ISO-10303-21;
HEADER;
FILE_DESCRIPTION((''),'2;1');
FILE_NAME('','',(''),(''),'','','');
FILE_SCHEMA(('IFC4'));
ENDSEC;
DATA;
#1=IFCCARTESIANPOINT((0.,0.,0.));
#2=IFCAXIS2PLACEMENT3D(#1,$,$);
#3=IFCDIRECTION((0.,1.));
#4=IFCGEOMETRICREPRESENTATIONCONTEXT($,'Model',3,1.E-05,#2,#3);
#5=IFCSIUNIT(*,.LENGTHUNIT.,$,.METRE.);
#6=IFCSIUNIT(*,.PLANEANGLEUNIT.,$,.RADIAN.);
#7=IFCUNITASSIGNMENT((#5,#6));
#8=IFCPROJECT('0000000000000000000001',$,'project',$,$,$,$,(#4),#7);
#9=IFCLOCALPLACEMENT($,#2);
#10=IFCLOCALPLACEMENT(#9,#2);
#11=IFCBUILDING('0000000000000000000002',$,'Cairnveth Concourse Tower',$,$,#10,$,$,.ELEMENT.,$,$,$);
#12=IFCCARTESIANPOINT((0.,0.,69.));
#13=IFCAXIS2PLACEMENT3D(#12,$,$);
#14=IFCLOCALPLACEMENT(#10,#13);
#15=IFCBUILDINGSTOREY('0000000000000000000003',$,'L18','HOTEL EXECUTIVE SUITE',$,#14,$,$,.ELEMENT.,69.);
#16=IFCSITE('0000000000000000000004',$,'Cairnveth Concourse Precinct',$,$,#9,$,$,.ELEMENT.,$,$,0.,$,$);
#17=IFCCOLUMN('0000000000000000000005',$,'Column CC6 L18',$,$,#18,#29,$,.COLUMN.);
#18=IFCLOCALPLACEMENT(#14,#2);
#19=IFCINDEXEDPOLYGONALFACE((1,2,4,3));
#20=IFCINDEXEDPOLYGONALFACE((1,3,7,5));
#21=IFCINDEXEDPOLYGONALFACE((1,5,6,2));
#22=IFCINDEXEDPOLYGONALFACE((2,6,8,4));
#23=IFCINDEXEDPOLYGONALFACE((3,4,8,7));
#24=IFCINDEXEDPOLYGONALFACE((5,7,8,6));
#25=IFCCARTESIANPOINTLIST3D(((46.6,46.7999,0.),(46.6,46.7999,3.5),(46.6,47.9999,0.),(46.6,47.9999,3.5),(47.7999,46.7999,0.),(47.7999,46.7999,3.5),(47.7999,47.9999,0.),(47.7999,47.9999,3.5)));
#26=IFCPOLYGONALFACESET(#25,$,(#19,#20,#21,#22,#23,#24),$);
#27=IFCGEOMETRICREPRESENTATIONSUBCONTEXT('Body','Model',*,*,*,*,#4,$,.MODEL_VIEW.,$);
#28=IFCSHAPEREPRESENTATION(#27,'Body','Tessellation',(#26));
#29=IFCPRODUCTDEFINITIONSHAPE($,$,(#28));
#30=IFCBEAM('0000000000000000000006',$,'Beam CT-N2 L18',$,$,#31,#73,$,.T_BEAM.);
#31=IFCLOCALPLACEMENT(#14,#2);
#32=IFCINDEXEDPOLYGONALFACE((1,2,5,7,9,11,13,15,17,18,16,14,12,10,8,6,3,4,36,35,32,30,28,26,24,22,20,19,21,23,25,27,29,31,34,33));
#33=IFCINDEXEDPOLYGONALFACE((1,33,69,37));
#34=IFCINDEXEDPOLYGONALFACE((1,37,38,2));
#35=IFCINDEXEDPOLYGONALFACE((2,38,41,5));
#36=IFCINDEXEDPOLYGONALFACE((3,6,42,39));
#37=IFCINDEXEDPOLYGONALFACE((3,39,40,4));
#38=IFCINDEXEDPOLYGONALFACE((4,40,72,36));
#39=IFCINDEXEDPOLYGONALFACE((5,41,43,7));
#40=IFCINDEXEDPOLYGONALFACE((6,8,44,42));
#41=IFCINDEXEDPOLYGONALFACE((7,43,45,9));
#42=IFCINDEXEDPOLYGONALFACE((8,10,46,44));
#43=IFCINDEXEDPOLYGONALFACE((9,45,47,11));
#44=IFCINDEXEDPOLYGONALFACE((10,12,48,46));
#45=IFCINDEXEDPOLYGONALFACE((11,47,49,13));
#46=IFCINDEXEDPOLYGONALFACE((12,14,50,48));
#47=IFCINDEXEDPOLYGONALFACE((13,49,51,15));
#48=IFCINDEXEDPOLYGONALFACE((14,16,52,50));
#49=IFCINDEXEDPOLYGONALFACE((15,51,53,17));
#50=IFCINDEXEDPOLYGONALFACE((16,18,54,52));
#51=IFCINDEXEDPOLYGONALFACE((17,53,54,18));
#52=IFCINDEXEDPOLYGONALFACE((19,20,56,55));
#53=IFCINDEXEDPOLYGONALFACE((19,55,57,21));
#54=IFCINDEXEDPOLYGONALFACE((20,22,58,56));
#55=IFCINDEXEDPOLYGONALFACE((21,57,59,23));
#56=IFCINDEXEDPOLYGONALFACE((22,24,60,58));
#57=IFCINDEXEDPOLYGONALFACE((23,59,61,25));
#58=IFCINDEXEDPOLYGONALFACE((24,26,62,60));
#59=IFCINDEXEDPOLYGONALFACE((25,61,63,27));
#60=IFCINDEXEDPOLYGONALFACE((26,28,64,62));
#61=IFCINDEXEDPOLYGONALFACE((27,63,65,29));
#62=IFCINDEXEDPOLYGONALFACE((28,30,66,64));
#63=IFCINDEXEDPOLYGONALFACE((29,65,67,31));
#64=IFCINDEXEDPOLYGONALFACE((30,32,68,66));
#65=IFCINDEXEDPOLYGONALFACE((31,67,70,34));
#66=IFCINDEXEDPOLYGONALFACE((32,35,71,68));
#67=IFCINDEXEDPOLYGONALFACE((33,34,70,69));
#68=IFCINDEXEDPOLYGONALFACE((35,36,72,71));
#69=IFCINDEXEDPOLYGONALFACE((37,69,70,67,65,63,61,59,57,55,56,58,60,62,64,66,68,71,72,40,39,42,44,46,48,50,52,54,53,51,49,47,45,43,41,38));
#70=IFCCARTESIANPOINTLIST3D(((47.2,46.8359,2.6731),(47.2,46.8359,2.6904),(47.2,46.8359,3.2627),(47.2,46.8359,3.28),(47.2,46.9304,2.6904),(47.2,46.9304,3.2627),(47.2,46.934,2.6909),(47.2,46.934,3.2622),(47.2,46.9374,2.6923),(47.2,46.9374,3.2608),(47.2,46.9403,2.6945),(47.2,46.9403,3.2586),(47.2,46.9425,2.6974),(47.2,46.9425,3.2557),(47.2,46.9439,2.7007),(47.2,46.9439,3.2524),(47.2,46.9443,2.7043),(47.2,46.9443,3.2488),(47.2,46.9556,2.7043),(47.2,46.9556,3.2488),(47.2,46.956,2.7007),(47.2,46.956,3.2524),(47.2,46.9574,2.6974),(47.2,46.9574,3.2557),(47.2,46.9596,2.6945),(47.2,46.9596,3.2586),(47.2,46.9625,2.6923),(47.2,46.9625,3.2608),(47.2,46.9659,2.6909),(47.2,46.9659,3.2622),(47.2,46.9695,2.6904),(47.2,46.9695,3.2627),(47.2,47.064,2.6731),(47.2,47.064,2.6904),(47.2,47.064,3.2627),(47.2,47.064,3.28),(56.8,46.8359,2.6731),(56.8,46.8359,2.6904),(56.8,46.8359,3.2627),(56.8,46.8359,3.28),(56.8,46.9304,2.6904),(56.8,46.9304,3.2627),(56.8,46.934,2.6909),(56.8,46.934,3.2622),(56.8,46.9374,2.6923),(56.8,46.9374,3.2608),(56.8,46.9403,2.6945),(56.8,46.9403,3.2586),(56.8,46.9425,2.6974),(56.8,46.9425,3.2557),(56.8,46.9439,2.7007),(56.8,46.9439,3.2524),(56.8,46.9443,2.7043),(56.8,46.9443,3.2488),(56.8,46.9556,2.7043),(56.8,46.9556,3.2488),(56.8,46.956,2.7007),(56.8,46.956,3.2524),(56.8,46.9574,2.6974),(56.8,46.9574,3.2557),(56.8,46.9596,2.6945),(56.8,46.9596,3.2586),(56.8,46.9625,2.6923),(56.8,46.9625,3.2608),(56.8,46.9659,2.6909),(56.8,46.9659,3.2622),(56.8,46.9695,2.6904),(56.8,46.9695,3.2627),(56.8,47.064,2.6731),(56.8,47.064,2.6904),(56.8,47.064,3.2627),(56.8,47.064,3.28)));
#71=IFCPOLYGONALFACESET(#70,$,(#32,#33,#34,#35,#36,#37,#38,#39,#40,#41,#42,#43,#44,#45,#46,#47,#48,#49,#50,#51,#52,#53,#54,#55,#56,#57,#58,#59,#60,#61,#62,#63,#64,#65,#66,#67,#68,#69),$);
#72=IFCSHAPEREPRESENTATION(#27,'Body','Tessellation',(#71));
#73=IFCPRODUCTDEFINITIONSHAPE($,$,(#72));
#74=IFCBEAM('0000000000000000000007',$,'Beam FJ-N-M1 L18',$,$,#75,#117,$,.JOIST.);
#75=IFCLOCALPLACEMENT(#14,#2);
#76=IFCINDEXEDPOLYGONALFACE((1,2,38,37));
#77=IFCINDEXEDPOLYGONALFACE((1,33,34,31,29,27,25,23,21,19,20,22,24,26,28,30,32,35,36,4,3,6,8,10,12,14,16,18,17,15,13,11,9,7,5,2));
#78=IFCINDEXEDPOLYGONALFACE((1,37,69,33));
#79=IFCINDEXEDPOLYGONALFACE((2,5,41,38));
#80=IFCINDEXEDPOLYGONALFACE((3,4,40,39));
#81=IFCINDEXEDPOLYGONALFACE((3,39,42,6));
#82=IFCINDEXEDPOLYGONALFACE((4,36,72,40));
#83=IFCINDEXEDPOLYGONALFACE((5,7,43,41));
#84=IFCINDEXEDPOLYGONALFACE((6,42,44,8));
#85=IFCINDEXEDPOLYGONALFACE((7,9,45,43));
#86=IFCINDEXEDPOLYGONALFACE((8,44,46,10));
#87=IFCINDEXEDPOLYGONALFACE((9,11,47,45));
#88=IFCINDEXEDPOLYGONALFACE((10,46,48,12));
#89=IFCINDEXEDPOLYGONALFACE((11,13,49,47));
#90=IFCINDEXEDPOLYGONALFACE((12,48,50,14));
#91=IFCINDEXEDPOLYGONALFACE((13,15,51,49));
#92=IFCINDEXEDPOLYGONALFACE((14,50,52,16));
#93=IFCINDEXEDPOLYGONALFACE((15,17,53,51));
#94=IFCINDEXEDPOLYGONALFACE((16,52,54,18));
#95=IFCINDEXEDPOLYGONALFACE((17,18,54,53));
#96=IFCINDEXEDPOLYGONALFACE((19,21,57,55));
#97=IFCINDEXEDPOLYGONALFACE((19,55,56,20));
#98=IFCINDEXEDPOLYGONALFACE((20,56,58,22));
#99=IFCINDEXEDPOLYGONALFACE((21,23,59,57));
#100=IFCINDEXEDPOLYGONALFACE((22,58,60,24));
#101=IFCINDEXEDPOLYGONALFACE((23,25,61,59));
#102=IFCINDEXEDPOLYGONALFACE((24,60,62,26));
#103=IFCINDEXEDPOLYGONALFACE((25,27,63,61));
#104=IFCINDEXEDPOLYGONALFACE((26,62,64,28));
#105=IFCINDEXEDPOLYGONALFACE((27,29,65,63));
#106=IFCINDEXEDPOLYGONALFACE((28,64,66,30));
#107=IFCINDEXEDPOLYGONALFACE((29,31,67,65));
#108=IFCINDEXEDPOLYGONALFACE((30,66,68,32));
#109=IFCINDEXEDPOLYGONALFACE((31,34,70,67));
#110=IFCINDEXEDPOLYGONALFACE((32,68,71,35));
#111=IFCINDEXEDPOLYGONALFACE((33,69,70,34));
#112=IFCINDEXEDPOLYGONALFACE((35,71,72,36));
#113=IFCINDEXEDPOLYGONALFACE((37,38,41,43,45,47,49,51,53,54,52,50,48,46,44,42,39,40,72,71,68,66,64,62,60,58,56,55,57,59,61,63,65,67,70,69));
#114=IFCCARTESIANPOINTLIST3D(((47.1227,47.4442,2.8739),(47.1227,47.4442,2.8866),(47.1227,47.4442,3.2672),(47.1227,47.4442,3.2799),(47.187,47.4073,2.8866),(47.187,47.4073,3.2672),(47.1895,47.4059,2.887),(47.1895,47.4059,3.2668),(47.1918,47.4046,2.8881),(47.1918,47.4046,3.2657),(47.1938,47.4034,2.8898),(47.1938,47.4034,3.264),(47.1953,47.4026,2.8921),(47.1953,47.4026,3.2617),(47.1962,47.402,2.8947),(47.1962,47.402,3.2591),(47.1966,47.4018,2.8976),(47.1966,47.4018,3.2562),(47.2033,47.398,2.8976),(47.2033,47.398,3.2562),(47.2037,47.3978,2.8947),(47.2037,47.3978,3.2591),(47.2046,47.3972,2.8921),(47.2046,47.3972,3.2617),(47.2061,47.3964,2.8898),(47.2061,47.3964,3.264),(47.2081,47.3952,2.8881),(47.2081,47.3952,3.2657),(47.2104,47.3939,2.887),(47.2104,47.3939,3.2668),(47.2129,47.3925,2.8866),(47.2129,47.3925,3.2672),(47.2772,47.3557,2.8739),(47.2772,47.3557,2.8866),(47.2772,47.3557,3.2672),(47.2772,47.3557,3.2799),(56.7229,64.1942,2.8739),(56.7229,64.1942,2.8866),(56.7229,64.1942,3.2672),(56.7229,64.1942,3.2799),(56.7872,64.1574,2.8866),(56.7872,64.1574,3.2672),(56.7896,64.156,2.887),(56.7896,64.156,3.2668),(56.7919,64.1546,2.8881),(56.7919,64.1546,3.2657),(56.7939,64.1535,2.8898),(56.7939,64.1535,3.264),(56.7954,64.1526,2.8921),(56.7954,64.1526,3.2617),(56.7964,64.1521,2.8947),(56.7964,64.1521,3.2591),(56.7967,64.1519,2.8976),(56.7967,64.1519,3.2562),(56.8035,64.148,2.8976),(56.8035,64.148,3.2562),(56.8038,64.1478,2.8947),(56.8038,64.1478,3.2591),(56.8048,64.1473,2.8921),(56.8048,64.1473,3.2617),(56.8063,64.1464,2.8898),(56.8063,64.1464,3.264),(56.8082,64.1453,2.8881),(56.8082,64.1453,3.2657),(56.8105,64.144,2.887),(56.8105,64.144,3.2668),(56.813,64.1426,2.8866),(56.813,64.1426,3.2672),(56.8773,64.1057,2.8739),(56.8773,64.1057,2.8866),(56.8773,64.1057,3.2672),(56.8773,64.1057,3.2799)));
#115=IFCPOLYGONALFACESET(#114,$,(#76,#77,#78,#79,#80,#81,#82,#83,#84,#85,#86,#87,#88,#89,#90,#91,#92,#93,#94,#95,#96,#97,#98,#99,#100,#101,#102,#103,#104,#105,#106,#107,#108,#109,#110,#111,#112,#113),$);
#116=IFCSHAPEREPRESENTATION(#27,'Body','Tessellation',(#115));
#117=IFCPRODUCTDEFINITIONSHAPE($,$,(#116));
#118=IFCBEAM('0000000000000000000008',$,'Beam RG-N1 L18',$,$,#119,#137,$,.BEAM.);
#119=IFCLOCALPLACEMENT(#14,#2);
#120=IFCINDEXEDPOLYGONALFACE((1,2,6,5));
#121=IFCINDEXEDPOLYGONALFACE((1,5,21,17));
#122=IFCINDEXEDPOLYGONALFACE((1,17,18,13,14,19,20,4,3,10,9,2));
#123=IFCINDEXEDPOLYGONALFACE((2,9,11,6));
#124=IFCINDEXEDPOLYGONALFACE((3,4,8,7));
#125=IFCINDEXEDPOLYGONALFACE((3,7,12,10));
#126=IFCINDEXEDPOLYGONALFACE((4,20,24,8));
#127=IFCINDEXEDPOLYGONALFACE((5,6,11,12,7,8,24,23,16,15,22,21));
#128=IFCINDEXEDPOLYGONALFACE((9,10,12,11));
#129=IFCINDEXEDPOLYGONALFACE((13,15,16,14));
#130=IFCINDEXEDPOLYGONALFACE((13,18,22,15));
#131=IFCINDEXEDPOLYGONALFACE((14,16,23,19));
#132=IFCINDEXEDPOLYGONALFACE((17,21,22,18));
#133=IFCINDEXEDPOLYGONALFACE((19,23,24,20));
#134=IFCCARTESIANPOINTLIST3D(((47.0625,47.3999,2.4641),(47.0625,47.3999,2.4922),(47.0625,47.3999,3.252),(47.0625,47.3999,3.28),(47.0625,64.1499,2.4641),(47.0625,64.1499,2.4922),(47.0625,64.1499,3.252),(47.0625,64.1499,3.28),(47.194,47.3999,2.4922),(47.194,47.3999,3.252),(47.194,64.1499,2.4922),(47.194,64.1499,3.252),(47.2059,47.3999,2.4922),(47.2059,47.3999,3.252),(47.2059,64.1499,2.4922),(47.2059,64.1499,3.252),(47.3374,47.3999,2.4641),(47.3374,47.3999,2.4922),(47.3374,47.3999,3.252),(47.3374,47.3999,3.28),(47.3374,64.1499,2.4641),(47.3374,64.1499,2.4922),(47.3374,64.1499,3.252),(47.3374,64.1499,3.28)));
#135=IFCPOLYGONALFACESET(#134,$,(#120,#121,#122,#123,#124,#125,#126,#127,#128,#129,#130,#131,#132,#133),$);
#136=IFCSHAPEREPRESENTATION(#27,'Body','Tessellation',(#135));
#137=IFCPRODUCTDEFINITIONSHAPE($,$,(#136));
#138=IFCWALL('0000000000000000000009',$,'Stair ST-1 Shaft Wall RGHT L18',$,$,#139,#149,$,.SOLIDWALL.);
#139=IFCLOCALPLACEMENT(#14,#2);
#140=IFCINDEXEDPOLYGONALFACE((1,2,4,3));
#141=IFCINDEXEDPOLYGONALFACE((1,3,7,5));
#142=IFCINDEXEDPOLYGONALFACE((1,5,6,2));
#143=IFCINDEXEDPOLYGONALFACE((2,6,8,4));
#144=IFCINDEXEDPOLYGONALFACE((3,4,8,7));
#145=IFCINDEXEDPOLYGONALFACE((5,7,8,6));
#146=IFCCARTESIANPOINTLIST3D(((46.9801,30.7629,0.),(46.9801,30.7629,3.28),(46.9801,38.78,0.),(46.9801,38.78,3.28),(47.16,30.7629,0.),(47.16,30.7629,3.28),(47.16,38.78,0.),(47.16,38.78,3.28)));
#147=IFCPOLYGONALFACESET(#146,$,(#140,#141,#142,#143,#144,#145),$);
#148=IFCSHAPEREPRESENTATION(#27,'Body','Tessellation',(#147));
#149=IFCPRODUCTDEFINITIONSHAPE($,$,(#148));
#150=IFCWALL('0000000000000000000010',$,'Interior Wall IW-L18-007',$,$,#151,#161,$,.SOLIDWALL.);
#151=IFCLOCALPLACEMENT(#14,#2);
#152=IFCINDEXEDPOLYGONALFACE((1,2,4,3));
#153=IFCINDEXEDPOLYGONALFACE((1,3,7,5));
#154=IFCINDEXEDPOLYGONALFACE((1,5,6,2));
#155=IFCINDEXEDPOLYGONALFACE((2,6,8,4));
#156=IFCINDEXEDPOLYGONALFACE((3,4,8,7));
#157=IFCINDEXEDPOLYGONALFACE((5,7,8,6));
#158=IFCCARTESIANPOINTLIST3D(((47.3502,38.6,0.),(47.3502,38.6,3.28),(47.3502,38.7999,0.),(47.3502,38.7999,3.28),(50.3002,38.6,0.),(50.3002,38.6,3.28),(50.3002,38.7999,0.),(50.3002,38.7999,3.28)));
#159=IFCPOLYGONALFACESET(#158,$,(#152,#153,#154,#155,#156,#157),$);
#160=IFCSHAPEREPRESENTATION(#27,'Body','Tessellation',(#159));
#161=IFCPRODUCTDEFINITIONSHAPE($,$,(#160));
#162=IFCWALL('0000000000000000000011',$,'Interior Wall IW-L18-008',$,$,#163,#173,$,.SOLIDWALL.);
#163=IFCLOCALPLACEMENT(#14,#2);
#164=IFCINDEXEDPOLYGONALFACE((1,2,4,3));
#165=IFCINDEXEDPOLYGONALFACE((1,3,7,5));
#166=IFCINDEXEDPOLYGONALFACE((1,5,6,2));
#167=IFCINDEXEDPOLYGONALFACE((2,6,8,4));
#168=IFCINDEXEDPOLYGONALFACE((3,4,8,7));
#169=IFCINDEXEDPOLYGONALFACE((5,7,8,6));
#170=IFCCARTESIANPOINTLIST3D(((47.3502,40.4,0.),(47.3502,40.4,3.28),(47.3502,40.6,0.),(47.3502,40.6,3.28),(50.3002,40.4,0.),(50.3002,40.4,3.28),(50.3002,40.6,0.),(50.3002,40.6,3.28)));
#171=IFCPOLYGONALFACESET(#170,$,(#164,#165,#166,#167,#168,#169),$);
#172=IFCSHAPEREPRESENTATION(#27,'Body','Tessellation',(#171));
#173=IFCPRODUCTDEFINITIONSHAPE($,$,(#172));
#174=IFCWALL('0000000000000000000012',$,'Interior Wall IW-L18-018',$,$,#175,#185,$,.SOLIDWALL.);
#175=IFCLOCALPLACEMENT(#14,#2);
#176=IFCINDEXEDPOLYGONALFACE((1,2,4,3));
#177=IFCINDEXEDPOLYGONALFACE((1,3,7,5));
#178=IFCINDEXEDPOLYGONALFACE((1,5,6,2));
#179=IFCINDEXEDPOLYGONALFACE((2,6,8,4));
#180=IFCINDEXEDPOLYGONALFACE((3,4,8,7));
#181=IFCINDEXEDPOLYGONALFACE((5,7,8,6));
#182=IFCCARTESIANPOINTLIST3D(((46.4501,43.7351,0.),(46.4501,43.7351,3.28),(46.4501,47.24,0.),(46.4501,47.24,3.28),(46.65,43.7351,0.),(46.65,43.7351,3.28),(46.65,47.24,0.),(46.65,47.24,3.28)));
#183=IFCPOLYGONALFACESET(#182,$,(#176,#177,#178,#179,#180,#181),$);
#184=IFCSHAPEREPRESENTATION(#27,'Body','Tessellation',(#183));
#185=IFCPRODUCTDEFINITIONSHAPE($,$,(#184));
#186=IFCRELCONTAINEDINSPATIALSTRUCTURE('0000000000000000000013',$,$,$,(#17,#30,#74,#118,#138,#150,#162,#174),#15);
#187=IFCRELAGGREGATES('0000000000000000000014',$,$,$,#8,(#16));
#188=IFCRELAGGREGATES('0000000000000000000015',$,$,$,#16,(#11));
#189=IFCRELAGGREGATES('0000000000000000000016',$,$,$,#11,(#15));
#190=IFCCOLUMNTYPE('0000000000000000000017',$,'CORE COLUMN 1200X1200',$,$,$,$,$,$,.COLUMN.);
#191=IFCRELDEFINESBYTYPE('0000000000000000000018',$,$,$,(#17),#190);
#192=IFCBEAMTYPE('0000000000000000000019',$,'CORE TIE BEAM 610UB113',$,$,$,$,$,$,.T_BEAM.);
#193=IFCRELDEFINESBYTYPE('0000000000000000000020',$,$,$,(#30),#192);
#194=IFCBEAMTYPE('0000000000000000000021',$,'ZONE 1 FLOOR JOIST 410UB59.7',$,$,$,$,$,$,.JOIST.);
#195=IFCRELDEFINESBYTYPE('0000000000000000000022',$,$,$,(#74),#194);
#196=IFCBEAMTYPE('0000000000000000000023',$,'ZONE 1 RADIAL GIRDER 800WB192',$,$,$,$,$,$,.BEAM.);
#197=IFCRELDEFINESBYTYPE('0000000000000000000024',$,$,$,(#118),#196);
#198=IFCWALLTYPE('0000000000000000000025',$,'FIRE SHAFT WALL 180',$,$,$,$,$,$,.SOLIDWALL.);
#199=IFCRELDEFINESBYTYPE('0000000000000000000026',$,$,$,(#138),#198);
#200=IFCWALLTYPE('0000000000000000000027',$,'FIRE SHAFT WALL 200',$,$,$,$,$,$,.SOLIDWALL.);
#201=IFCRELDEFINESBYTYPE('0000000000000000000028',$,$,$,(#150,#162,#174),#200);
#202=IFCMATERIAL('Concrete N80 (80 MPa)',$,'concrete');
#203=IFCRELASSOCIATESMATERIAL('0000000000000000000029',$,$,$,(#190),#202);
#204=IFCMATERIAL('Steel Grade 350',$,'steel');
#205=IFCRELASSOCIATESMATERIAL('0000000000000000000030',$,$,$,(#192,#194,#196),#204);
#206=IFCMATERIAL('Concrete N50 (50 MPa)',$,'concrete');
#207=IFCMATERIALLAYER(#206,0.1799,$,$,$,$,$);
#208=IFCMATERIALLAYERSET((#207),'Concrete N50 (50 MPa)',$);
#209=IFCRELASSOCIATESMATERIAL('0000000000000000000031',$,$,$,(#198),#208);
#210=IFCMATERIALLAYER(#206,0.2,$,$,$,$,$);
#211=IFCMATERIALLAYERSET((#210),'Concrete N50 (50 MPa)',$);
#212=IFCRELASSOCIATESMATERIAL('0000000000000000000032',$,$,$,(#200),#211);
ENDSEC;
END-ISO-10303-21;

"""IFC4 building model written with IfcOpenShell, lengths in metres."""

from ifc_helpers import new_model, si_unit, direction, frame, frame_2d, origin, origin_2d, place, context, subcontext, project, spatial, rectangle, i_section, extrude, material, layer, layer_set, material_profile, profile_set, type_object, element, save


model = new_model("IFC4")

# Units and contexts
model_context = context("Model", 3, precision=1e-05, world=origin(), true_north=direction((0.0, 1.0)))
body_context = subcontext(model_context, "Body", "Model", "MODEL_VIEW")
ifc_project = project(units=[si_unit("LENGTHUNIT", "METRE"), si_unit("PLANEANGLEUNIT", "RADIAN")], contexts=[model_context])

# Site, building, storey
site_placement = place(None, origin())
site = spatial("IfcSite", under=ifc_project, at=site_placement, Name="Cairnveth Concourse Precinct", CompositionType="ELEMENT", RefElevation=0.0)
building_placement = place(site_placement, origin())
building = spatial("IfcBuilding", under=site, at=building_placement, Name="Cairnveth Concourse Tower", CompositionType="ELEMENT")
storey_placement = place(building_placement, frame((0.0, 0.0, 69.0)))
storey = spatial("IfcBuildingStorey", under=building, at=storey_placement, Name="L18", Description="HOTEL EXECUTIVE SUITE", CompositionType="ELEMENT", Elevation=69.0)

# Column
ifc_material_1 = material(Name="Concrete N80 (80 MPa)", Category="concrete")
ifc_material_profile_1 = material_profile(ifc_material_1, rectangle(XDim=1.2, YDim=1.2, at=origin_2d()), Name="RC-COL-1200x1200")
ifc_profile_set_1 = profile_set([ifc_material_profile_1], Name="Concrete N80 (80 MPa)")
column_type = type_object("IfcColumnType", Name="CORE COLUMN 1200X1200", PredefinedType="COLUMN", material=ifc_profile_set_1)
column_placement = place(storey_placement, frame((47.2, 47.3999, 0.0), z_axis=(0.0, 0.0, 1.0), x_axis=(1.0, 0.0, 0.0)))
element("IfcColumn", 1, at=column_placement, inside=storey, type_object=column_type, Name="Column CC6 L18", PredefinedType="COLUMN", context=body_context, shape_type="SweptSolid", body=[
    extrude(rectangle(XDim=1.2, YDim=1.2, at=origin_2d()), origin(), (0.0, 0.0, 1.0), 3.5),
])

# Beams
ifc_material_2 = material(Name="Steel Grade 350", Category="steel")
ifc_material_profile_2 = material_profile(ifc_material_2, i_section(OverallWidth=0.228, OverallDepth=0.6069, WebThickness=0.0112, FlangeThickness=0.0173, FilletRadius=0.0139, at=origin_2d()), Name="610UB113")
ifc_profile_set_2 = profile_set([ifc_material_profile_2], Name="Steel Grade 350")
beam_type_1 = type_object("IfcBeamType", Name="CORE TIE BEAM 610UB113", PredefinedType="T_BEAM", material=ifc_profile_set_2)
beam_1_placement = place(storey_placement, frame((47.2, 46.95, 2.9766), z_axis=(1.0, 0.0, 0.0), x_axis=(0.0, 1.0, 0.0)))
element("IfcBeam", 2, at=beam_1_placement, inside=storey, type_object=beam_type_1, Name="Beam CT-N2 L18", PredefinedType="T_BEAM", context=body_context, shape_type="SweptSolid", body=[
    extrude(i_section(OverallWidth=0.228, OverallDepth=0.6069, WebThickness=0.0112, FlangeThickness=0.0173, FilletRadius=0.0139, at=origin_2d()), origin(), (0.0, 0.0, 1.0), 9.6001),
])
ifc_material_profile_3 = material_profile(ifc_material_2, i_section(OverallWidth=0.178, OverallDepth=0.406, WebThickness=0.0078, FlangeThickness=0.0127, FilletRadius=0.011, at=origin_2d()), Name="410UB59.7")
ifc_profile_set_3 = profile_set([ifc_material_profile_3], Name="Steel Grade 350")
beam_type_2 = type_object("IfcBeamType", Name="ZONE 1 FLOOR JOIST 410UB59.7", PredefinedType="JOIST", material=ifc_profile_set_3)
beam_2_placement = place(storey_placement, frame((47.2, 47.3999, 3.0769), z_axis=(0.497258, 0.867603, 0.0), x_axis=(-0.867603, 0.497258, 0.0)))
element("IfcBeam", 3, at=beam_2_placement, inside=storey, type_object=beam_type_2, Name="Beam FJ-N-M1 L18", PredefinedType="JOIST", context=body_context, shape_type="SweptSolid", body=[
    extrude(i_section(OverallWidth=0.178, OverallDepth=0.406, WebThickness=0.0078, FlangeThickness=0.0127, FilletRadius=0.011, at=origin_2d()), origin(), (0.0, 0.0, 1.0), 19.3062),
])
ifc_material_profile_4 = material_profile(ifc_material_2, i_section(OverallWidth=0.2749, OverallDepth=0.8159, WebThickness=0.012, FlangeThickness=0.0281, at=origin_2d()), Name="800WB192")
ifc_profile_set_4 = profile_set([ifc_material_profile_4], Name="Steel Grade 350")
beam_type_3 = type_object("IfcBeamType", Name="ZONE 1 RADIAL GIRDER 800WB192", PredefinedType="BEAM", material=ifc_profile_set_4)
beam_3_placement = place(storey_placement, frame((47.2, 47.3999, 2.8721), z_axis=(0.0, 1.0, 0.0), x_axis=(-1.0, 0.0, 0.0)))
element("IfcBeam", 4, at=beam_3_placement, inside=storey, type_object=beam_type_3, Name="Beam RG-N1 L18", PredefinedType="BEAM", context=body_context, shape_type="SweptSolid", body=[
    extrude(i_section(OverallWidth=0.2749, OverallDepth=0.8159, WebThickness=0.012, FlangeThickness=0.0281, at=origin_2d()), origin(), (0.0, 0.0, 1.0), 16.75),
])

# Shared definitions
ifc_material_3 = material(Name="Concrete N50 (50 MPa)", Category="concrete")
ifc_layer_1 = layer(ifc_material_3, 0.1799)
ifc_layer_set_1 = layer_set([ifc_layer_1], Name="Concrete N50 (50 MPa)")
wall_type_1 = type_object("IfcWallType", Name="FIRE SHAFT WALL 180", PredefinedType="SOLIDWALL", material=ifc_layer_set_1)

# Walls
wall_1_placement = place(storey_placement, frame((47.0701, 38.78, 0.0), z_axis=(0.0, 0.0, 1.0), x_axis=(0.0, -1.0, 0.0)))
element("IfcWall", 5, at=wall_1_placement, inside=storey, type_object=wall_type_1, Name="Stair ST-1 Shaft Wall RGHT L18", PredefinedType="SOLIDWALL", context=body_context, shape_type="SweptSolid", body=[
    extrude(rectangle(XDim=8.0171, YDim=0.1799, at=frame_2d((4.0085, 0.0))), origin(), (0.0, 0.0, 1.0), 3.28),
])
ifc_layer_2 = layer(ifc_material_3, 0.2)
ifc_layer_set_2 = layer_set([ifc_layer_2], Name="Concrete N50 (50 MPa)")
wall_type_2 = type_object("IfcWallType", Name="FIRE SHAFT WALL 200", PredefinedType="SOLIDWALL", material=ifc_layer_set_2)
for number, where, z_axis, x_axis, name in (
    (6, (47.3501, 38.7, 0.0), (0.0, 0.0, 1.0), (1.0, 0.0, 0.0), "Interior Wall IW-L18-007"),
    (7, (47.3501, 40.5, 0.0), (0.0, 0.0, 1.0), (1.0, 0.0, 0.0), "Interior Wall IW-L18-008"),
):
    element("IfcWall", number, at=place(storey_placement, frame(where, z_axis=z_axis, x_axis=x_axis)), inside=storey, type_object=wall_type_2, Name=name, PredefinedType="SOLIDWALL", context=body_context, shape_type="SweptSolid", body=[
        extrude(rectangle(XDim=2.95, YDim=0.2, at=frame_2d((1.4751, 0.0))), origin(), (0.0, 0.0, 1.0), 3.28),
    ])

# Wall
for number, where, z_axis, x_axis, name in (
    (8, (46.55, 43.7351, 0.0), (0.0, 0.0, 1.0), (0.0, 1.0, 0.0), "Interior Wall IW-L18-018"),
):
    element("IfcWall", number, at=place(storey_placement, frame(where, z_axis=z_axis, x_axis=x_axis)), inside=storey, type_object=wall_type_2, Name=name, PredefinedType="SOLIDWALL", context=body_context, shape_type="SweptSolid", body=[
        extrude(rectangle(XDim=3.5049, YDim=0.2, at=frame_2d((1.7524, 0.0))), origin(), (0.0, 0.0, 1.0), 3.28),
    ])

save(model, "model.ifc")
